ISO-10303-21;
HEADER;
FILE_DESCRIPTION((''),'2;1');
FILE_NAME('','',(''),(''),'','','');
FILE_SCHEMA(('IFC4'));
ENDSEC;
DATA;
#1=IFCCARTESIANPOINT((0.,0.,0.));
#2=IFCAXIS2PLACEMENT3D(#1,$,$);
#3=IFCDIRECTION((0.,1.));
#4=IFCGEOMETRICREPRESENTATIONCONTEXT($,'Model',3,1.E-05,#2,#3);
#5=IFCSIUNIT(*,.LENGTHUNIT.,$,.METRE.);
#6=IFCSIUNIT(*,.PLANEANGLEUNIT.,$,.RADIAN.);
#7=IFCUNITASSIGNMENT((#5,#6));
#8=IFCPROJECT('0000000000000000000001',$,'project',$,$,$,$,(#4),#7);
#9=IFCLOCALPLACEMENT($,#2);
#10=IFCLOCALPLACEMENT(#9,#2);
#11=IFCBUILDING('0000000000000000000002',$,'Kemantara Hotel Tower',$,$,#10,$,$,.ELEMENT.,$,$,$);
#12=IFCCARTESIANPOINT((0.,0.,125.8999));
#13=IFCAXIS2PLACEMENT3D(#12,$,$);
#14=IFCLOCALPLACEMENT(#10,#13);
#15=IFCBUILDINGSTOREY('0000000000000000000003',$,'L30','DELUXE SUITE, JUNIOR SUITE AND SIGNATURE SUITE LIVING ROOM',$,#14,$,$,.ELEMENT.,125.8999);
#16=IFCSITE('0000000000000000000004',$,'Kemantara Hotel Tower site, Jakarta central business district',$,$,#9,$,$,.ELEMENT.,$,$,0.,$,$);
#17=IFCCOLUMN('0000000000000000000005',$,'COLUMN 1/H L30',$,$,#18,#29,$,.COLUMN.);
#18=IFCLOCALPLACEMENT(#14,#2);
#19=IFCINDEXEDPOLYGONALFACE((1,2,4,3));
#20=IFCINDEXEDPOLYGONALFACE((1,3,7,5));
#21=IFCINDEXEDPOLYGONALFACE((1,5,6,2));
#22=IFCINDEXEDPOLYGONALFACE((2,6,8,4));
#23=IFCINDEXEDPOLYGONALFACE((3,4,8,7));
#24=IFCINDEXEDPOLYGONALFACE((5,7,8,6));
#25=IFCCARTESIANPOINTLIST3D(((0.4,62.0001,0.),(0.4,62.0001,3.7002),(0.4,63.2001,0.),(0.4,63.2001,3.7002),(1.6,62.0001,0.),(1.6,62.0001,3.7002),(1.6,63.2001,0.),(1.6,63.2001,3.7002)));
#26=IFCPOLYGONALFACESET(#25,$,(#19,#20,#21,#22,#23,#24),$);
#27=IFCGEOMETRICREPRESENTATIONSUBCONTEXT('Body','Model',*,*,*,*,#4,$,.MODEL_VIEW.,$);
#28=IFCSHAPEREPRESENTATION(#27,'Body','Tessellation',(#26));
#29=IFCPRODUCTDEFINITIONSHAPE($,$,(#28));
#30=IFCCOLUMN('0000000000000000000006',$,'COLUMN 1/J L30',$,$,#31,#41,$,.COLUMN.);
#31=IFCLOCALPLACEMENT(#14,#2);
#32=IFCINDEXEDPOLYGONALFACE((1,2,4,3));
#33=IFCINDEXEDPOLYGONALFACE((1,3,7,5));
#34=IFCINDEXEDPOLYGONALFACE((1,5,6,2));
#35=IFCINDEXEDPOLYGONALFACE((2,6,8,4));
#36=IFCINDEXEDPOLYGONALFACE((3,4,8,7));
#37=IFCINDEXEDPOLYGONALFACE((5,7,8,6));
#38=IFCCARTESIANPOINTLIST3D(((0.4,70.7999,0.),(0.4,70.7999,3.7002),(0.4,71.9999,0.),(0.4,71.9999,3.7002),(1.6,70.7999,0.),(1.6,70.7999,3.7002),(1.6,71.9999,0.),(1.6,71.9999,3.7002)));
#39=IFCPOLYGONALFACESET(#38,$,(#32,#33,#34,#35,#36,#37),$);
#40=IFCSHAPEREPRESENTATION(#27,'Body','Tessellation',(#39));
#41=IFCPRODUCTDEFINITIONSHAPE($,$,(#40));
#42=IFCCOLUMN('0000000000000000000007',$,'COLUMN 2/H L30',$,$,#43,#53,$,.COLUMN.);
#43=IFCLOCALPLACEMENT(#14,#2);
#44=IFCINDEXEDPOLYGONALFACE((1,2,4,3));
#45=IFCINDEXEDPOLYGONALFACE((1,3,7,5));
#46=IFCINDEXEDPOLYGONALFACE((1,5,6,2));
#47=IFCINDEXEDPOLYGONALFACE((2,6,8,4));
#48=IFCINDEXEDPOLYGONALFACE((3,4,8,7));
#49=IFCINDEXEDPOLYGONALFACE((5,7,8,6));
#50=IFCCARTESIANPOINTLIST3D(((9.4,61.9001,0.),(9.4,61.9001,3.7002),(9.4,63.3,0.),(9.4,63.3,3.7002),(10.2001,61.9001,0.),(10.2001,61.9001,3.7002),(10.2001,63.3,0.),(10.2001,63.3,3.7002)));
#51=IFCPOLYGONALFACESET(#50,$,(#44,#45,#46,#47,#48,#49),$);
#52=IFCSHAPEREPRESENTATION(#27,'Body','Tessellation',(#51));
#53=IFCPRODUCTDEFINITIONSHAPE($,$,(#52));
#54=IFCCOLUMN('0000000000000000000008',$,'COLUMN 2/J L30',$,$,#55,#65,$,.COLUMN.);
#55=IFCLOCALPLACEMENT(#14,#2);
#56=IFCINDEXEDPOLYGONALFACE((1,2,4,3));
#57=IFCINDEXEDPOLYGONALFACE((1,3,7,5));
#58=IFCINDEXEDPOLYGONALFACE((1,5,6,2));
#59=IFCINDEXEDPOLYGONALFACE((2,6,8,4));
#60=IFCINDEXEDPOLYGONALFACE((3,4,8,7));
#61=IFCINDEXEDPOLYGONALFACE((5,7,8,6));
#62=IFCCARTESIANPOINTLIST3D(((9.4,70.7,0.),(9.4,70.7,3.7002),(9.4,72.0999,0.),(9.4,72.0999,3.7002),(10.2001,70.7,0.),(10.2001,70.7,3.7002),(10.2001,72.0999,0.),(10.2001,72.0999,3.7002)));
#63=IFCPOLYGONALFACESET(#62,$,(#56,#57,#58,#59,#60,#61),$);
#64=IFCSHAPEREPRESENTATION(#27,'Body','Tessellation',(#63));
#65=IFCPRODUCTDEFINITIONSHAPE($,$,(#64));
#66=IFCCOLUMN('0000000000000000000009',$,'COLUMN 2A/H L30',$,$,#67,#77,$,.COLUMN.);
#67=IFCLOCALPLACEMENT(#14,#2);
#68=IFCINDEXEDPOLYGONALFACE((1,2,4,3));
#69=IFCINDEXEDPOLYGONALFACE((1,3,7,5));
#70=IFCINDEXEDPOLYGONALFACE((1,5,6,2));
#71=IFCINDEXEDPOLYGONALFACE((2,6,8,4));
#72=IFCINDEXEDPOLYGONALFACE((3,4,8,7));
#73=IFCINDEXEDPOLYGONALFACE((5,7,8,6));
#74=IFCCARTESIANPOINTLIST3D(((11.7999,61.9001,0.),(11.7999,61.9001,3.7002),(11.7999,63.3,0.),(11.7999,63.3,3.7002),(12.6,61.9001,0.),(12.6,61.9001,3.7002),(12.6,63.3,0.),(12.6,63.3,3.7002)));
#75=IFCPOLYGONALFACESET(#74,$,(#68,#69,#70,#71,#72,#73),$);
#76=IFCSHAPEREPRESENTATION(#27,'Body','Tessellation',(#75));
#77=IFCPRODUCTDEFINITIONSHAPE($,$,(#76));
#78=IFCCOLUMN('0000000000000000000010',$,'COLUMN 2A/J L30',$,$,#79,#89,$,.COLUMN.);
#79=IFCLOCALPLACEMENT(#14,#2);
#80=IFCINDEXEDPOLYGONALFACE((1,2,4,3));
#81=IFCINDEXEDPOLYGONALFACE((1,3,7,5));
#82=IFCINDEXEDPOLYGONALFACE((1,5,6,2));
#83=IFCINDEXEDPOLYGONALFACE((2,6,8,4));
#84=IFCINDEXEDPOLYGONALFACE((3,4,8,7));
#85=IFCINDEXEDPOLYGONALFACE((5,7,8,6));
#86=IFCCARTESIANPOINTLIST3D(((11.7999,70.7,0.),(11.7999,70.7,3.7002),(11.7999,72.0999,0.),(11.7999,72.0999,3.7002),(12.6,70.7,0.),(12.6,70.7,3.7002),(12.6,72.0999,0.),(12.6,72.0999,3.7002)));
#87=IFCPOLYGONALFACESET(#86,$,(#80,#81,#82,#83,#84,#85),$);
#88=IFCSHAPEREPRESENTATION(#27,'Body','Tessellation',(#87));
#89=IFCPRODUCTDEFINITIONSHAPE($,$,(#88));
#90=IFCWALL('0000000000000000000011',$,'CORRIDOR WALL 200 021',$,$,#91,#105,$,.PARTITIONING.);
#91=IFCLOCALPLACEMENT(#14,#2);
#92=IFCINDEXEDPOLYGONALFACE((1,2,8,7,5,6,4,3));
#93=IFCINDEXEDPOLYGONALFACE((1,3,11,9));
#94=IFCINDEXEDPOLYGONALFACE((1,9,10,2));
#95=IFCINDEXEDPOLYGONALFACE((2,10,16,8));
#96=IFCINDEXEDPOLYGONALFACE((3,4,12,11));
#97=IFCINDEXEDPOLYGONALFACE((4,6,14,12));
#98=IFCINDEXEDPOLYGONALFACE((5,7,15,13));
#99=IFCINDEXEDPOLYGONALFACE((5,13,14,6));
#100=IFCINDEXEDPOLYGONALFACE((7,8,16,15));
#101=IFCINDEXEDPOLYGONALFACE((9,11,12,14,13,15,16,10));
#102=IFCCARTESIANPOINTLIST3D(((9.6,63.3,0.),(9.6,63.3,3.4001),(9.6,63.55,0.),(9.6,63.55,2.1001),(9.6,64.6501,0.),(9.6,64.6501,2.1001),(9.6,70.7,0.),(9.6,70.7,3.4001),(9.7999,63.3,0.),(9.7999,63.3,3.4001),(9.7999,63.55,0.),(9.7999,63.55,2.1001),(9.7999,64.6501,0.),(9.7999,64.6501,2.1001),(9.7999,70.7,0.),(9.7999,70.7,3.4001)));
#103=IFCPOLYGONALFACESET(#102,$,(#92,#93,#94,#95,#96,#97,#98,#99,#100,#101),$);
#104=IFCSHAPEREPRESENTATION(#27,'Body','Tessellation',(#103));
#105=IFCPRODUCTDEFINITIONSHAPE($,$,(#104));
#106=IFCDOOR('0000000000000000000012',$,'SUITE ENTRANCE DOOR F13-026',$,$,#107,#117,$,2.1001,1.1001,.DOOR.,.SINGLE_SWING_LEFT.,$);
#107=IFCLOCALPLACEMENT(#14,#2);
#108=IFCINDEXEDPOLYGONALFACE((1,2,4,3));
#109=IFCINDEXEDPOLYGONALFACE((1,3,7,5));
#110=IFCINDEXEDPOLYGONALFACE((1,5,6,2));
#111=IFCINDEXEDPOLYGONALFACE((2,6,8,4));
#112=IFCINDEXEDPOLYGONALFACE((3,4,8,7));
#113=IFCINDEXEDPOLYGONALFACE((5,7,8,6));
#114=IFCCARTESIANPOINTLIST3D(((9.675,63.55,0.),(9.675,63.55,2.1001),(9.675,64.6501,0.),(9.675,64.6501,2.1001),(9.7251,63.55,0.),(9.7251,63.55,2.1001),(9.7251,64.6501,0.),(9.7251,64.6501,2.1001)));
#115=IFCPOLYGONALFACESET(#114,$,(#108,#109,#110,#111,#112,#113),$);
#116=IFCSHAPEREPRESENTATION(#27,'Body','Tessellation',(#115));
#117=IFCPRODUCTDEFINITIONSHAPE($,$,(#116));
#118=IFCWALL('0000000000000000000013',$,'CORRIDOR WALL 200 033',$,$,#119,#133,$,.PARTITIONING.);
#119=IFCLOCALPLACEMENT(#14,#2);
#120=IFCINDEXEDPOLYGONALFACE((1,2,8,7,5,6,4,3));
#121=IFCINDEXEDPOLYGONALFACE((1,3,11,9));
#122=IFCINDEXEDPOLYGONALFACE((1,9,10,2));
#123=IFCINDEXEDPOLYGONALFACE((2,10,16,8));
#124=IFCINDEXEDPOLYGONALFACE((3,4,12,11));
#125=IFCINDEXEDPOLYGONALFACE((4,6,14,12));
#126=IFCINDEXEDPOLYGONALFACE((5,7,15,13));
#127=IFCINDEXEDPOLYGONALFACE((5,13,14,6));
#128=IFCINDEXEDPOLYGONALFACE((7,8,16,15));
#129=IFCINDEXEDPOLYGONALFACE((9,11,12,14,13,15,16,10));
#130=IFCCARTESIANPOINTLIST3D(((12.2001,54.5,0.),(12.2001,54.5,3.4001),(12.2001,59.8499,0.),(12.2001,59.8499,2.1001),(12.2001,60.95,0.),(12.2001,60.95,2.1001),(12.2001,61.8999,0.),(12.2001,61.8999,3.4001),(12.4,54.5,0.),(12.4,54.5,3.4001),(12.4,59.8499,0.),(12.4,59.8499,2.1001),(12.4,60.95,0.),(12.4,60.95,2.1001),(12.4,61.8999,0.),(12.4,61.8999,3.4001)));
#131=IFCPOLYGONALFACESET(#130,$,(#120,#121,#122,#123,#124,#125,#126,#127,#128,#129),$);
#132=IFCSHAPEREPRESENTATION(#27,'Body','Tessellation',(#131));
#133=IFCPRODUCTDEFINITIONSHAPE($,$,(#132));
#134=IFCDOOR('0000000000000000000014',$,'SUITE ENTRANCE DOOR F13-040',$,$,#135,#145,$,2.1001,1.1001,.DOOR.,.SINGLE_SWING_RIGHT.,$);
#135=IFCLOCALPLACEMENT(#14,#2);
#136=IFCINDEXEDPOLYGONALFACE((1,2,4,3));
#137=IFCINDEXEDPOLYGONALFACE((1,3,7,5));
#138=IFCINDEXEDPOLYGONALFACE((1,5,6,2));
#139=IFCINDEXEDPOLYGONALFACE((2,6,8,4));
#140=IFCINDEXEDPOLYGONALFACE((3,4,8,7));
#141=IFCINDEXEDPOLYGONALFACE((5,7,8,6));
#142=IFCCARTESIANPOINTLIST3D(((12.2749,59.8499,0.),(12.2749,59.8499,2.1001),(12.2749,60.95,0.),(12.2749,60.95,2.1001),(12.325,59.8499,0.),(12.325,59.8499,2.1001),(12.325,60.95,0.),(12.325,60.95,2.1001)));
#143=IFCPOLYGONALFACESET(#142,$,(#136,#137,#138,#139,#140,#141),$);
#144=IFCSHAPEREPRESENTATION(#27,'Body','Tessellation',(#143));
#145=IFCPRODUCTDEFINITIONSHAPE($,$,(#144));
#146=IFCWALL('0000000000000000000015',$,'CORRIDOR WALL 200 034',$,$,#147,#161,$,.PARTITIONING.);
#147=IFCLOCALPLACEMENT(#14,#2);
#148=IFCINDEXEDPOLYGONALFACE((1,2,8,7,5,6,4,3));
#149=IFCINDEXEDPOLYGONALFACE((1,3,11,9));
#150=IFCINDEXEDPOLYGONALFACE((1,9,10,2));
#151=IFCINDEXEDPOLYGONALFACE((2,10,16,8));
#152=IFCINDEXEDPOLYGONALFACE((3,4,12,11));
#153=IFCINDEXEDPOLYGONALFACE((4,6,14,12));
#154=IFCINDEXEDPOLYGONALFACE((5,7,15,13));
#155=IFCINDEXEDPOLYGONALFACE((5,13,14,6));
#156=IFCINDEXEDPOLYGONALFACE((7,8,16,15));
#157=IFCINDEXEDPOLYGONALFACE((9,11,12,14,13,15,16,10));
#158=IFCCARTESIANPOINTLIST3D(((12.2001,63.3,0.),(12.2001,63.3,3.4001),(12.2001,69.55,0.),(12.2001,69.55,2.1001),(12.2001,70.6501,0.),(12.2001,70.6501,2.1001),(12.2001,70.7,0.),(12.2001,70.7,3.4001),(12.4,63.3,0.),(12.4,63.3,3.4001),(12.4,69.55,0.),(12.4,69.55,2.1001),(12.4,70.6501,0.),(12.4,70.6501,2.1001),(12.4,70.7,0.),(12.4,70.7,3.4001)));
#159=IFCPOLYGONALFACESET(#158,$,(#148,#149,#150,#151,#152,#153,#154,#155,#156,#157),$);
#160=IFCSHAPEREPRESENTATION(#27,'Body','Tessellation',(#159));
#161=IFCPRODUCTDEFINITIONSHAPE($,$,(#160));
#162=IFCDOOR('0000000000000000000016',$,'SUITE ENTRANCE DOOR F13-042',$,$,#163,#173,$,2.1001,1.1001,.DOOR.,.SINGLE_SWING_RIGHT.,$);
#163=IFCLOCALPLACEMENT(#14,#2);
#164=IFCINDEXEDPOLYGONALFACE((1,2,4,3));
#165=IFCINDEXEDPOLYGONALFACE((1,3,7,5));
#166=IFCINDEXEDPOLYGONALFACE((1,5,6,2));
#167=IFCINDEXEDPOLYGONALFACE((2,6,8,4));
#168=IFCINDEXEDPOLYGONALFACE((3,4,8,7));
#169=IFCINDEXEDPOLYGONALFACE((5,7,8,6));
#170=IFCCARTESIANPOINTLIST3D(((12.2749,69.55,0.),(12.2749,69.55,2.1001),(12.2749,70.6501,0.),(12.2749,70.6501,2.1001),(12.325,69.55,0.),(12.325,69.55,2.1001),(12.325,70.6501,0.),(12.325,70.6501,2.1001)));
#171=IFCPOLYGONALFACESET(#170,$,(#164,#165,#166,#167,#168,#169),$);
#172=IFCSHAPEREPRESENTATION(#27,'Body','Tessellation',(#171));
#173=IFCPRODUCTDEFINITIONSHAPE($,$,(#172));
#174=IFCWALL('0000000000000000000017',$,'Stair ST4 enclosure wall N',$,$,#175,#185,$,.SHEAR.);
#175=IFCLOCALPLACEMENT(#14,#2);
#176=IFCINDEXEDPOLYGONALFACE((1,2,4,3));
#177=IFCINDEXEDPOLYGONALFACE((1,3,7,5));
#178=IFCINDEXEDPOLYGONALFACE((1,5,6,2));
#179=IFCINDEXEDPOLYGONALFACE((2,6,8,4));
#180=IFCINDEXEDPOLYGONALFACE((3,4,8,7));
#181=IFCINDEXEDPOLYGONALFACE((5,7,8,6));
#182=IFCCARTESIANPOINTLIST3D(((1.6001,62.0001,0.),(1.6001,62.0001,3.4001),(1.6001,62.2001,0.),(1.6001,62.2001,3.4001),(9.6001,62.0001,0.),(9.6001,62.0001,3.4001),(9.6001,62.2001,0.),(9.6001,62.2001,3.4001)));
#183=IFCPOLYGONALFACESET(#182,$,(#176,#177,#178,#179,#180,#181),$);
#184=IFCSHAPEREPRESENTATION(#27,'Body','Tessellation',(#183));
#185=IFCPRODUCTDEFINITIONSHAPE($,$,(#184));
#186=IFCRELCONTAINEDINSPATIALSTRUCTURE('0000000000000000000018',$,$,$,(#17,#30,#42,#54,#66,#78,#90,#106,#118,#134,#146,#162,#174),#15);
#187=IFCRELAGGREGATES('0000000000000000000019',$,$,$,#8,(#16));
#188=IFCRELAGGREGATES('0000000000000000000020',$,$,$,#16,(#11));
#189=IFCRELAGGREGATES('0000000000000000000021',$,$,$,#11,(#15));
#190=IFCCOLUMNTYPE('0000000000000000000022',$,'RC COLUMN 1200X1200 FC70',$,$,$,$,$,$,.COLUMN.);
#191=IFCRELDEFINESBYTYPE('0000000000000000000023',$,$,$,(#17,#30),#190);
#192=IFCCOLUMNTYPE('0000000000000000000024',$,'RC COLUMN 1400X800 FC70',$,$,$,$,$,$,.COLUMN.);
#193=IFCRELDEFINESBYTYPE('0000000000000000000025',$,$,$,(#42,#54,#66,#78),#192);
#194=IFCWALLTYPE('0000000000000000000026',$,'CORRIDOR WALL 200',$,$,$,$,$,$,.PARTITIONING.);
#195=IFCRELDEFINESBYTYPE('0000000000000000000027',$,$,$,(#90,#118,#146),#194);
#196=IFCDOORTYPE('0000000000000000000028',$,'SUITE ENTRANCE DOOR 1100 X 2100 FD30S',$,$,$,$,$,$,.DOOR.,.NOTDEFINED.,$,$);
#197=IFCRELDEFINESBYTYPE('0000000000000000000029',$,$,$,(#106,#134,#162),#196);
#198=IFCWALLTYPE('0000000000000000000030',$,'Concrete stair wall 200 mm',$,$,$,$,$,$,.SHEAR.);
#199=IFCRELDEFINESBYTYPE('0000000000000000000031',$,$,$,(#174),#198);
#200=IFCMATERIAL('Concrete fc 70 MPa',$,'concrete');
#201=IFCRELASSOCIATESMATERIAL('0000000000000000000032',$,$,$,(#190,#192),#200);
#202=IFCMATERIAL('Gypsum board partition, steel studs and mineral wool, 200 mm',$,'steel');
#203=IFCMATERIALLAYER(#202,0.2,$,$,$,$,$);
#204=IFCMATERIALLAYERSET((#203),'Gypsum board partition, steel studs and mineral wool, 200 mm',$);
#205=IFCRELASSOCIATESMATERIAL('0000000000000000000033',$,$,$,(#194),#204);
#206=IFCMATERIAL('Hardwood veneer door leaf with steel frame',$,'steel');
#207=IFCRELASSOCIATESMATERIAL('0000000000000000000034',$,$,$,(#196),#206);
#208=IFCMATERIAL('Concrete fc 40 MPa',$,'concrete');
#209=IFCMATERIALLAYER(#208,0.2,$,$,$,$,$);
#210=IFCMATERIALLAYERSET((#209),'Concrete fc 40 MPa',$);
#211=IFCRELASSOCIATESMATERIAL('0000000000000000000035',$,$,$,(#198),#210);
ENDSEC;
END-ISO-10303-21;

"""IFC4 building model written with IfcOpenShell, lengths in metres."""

from ifc_helpers import new_model, si_unit, direction, frame, frame_2d, origin, origin_2d, place, context, subcontext, project, spatial, rectangle, extrude, material, layer, layer_set, material_profile, profile_set, type_object, element, fill, save


model = new_model("IFC4")

# Units and contexts
model_context = context("Model", 3, precision=1e-05, world=origin(), true_north=direction((0.0, 1.0)))
body_context = subcontext(model_context, "Body", "Model", "MODEL_VIEW")
ifc_project = project(units=[si_unit("LENGTHUNIT", "METRE"), si_unit("PLANEANGLEUNIT", "RADIAN")], contexts=[model_context])

# Site, building, storey
site_placement = place(None, origin())
site = spatial("IfcSite", under=ifc_project, at=site_placement, Name="Kemantara Hotel Tower site, Jakarta central business district", CompositionType="ELEMENT", RefElevation=0.0)
building_placement = place(site_placement, origin())
building = spatial("IfcBuilding", under=site, at=building_placement, Name="Kemantara Hotel Tower", CompositionType="ELEMENT")
storey_placement = place(building_placement, frame((0.0, 0.0, 125.8999)))
storey = spatial("IfcBuildingStorey", under=building, at=storey_placement, Name="L30", Description="DELUXE SUITE, JUNIOR SUITE AND SIGNATURE SUITE LIVING ROOM", CompositionType="ELEMENT", Elevation=125.8999)

# Columns
ifc_material_1 = material(Name="Concrete fc 70 MPa", Category="concrete")
ifc_material_profile_1 = material_profile(ifc_material_1, rectangle(XDim=1.2, YDim=1.2, at=origin_2d()), Name="RC 1200X1200")
ifc_profile_set_1 = profile_set([ifc_material_profile_1], Name="Concrete fc 70 MPa")
column_type_1 = type_object("IfcColumnType", Name="RC COLUMN 1200X1200 FC70", PredefinedType="COLUMN", material=ifc_profile_set_1)
for number, where, z_axis, x_axis, name in (
    (1, (1.0, 62.6001, 0.0), (0.0, 0.0, 1.0), (1.0, 0.0, 0.0), "COLUMN 1/H L30"),
    (2, (1.0, 71.3999, 0.0), (0.0, 0.0, 1.0), (1.0, 0.0, 0.0), "COLUMN 1/J L30"),
):
    element("IfcColumn", number, at=place(storey_placement, frame(where, z_axis=z_axis, x_axis=x_axis)), inside=storey, type_object=column_type_1, Name=name, PredefinedType="COLUMN", context=body_context, shape_type="SweptSolid", body=[
        extrude(rectangle(XDim=1.2, YDim=1.2, at=origin_2d()), origin(), (0.0, 0.0, 1.0), 3.7002),
    ])
ifc_material_profile_2 = material_profile(ifc_material_1, rectangle(XDim=1.3999, YDim=0.8, at=origin_2d()), Name="RC 1400X800")
ifc_profile_set_2 = profile_set([ifc_material_profile_2], Name="Concrete fc 70 MPa")
column_type_2 = type_object("IfcColumnType", Name="RC COLUMN 1400X800 FC70", PredefinedType="COLUMN", material=ifc_profile_set_2)
for number, where, z_axis, x_axis, name in (
    (3, (9.8, 62.6001, 0.0), (0.0, 0.0, 1.0), (0.0, 1.0, 0.0), "COLUMN 2/H L30"),
    (4, (9.8, 71.3999, 0.0), (0.0, 0.0, 1.0), (0.0, 1.0, 0.0), "COLUMN 2/J L30"),
    (5, (12.2, 62.6001, 0.0), (0.0, 0.0, 1.0), (0.0, 1.0, 0.0), "COLUMN 2A/H L30"),
    (6, (12.2, 71.3999, 0.0), (0.0, 0.0, 1.0), (0.0, 1.0, 0.0), "COLUMN 2A/J L30"),
):
    element("IfcColumn", number, at=place(storey_placement, frame(where, z_axis=z_axis, x_axis=x_axis)), inside=storey, type_object=column_type_2, Name=name, PredefinedType="COLUMN", context=body_context, shape_type="SweptSolid", body=[
        extrude(rectangle(XDim=1.3999, YDim=0.8, at=origin_2d()), origin(), (0.0, 0.0, 1.0), 3.7002),
    ])

# Walls, openings, doors
ifc_material_2 = material(Name="Gypsum board partition, steel studs and mineral wool, 200 mm", Category="steel")
ifc_layer_1 = layer(ifc_material_2, 0.2)
ifc_layer_set_1 = layer_set([ifc_layer_1], Name="Gypsum board partition, steel studs and mineral wool, 200 mm")
wall_type_1 = type_object("IfcWallType", Name="CORRIDOR WALL 200", PredefinedType="PARTITIONING", material=ifc_layer_set_1)
wall_1_placement = place(storey_placement, frame((9.7, 63.3, 0.0), z_axis=(0.0, 0.0, 1.0), x_axis=(0.0, 1.0, 0.0)))
wall_1 = element("IfcWall", 7, at=wall_1_placement, inside=storey, type_object=wall_type_1, Name="CORRIDOR WALL 200 021", PredefinedType="PARTITIONING", context=body_context, shape_type="SweptSolid", body=[
    extrude(rectangle(XDim=7.3999, YDim=0.2, at=frame_2d((3.7, 0.0))), origin(), (0.0, 0.0, 1.0), 3.4001),
])
opening_1_placement = place(wall_1_placement, frame((0.25, 0.0, 0.0)))
opening_1 = element("IfcOpeningElement", 8, at=opening_1_placement, cuts=wall_1, PredefinedType="OPENING", context=body_context, shape_type="SweptSolid", body=[
    extrude(rectangle(XDim=1.1001, YDim=2.1001, at=frame_2d((0.55, 1.05))), frame((0.0, 0.1099, 0.0), z_axis=(0.0, -1.0, 0.0), x_axis=(1.0, 0.0, 0.0)), (0.0, 0.0, 1.0), 0.22),
])
ifc_material_3 = material(Name="Hardwood veneer door leaf with steel frame", Category="steel")
door_type_1 = type_object("IfcDoorType", Name="SUITE ENTRANCE DOOR 1100 X 2100 FD30S", OperationType="NOTDEFINED", PredefinedType="DOOR", material=ifc_material_3)
door_1_placement = place(opening_1_placement, origin())
door_1 = element("IfcDoor", 9, at=door_1_placement, inside=storey, type_object=door_type_1, Name="SUITE ENTRANCE DOOR F13-026", OperationType="SINGLE_SWING_LEFT", OverallHeight=2.1001, OverallWidth=1.1001, PredefinedType="DOOR", context=body_context, shape_type="SweptSolid", body=[
    extrude(rectangle(XDim=1.1001, YDim=2.1001, at=frame_2d((0.55, 1.05))), frame((0.0, 0.0249, 0.0), z_axis=(0.0, -1.0, 0.0), x_axis=(1.0, 0.0, 0.0)), (0.0, 0.0, 1.0), 0.05),
])
fill(opening_1, door_1)
wall_2_placement = place(storey_placement, frame((12.3, 61.8999, 0.0), z_axis=(0.0, 0.0, 1.0), x_axis=(0.0, -1.0, 0.0)))
wall_2 = element("IfcWall", 10, at=wall_2_placement, inside=storey, type_object=wall_type_1, Name="CORRIDOR WALL 200 033", PredefinedType="PARTITIONING", context=body_context, shape_type="SweptSolid", body=[
    extrude(rectangle(XDim=7.3999, YDim=0.2, at=frame_2d((3.7, 0.0))), origin(), (0.0, 0.0, 1.0), 3.4001),
])
opening_2_placement = place(wall_2_placement, frame((0.95, 0.0, 0.0)))
opening_2 = element("IfcOpeningElement", 11, at=opening_2_placement, cuts=wall_2, PredefinedType="OPENING", context=body_context, shape_type="SweptSolid", body=[
    extrude(rectangle(XDim=1.1001, YDim=2.1001, at=frame_2d((0.55, 1.05))), frame((0.0, 0.1099, 0.0), z_axis=(0.0, -1.0, 0.0), x_axis=(1.0, 0.0, 0.0)), (0.0, 0.0, 1.0), 0.22),
])
door_2_placement = place(opening_2_placement, origin())
door_2 = element("IfcDoor", 12, at=door_2_placement, inside=storey, type_object=door_type_1, Name="SUITE ENTRANCE DOOR F13-040", OperationType="SINGLE_SWING_RIGHT", OverallHeight=2.1001, OverallWidth=1.1001, PredefinedType="DOOR", context=body_context, shape_type="SweptSolid", body=[
    extrude(rectangle(XDim=1.1001, YDim=2.1001, at=frame_2d((0.55, 1.05))), frame((0.0, 0.0249, 0.0), z_axis=(0.0, -1.0, 0.0), x_axis=(1.0, 0.0, 0.0)), (0.0, 0.0, 1.0), 0.05),
])
fill(opening_2, door_2)
wall_3_placement = place(storey_placement, frame((12.3, 70.7, 0.0), z_axis=(0.0, 0.0, 1.0), x_axis=(0.0, -1.0, 0.0)))
wall_3 = element("IfcWall", 13, at=wall_3_placement, inside=storey, type_object=wall_type_1, Name="CORRIDOR WALL 200 034", PredefinedType="PARTITIONING", context=body_context, shape_type="SweptSolid", body=[
    extrude(rectangle(XDim=7.3999, YDim=0.2, at=frame_2d((3.7, 0.0))), origin(), (0.0, 0.0, 1.0), 3.4001),
])
opening_3_placement = place(wall_3_placement, frame((0.0498, 0.0, 0.0)))
opening_3 = element("IfcOpeningElement", 14, at=opening_3_placement, cuts=wall_3, PredefinedType="OPENING", context=body_context, shape_type="SweptSolid", body=[
    extrude(rectangle(XDim=1.1001, YDim=2.1001, at=frame_2d((0.55, 1.05))), frame((0.0, 0.1099, 0.0), z_axis=(0.0, -1.0, 0.0), x_axis=(1.0, 0.0, 0.0)), (0.0, 0.0, 1.0), 0.22),
])
door_3_placement = place(opening_3_placement, origin())
door_3 = element("IfcDoor", 15, at=door_3_placement, inside=storey, type_object=door_type_1, Name="SUITE ENTRANCE DOOR F13-042", OperationType="SINGLE_SWING_RIGHT", OverallHeight=2.1001, OverallWidth=1.1001, PredefinedType="DOOR", context=body_context, shape_type="SweptSolid", body=[
    extrude(rectangle(XDim=1.1001, YDim=2.1001, at=frame_2d((0.55, 1.05))), frame((0.0, 0.0249, 0.0), z_axis=(0.0, -1.0, 0.0), x_axis=(1.0, 0.0, 0.0)), (0.0, 0.0, 1.0), 0.05),
])
fill(opening_3, door_3)

# Wall
ifc_material_4 = material(Name="Concrete fc 40 MPa", Category="concrete")
ifc_layer_2 = layer(ifc_material_4, 0.2)
ifc_layer_set_2 = layer_set([ifc_layer_2], Name="Concrete fc 40 MPa")
wall_type_2 = type_object("IfcWallType", Name="Concrete stair wall 200 mm", PredefinedType="SHEAR", material=ifc_layer_set_2)
wall_4_placement = place(storey_placement, frame((1.6001, 62.1001, 0.0), z_axis=(0.0, 0.0, 1.0), x_axis=(1.0, 0.0, 0.0)))
element("IfcWall", 16, at=wall_4_placement, inside=storey, type_object=wall_type_2, Name="Stair ST4 enclosure wall N", PredefinedType="SHEAR", context=body_context, shape_type="SweptSolid", body=[
    extrude(rectangle(XDim=8.0, YDim=0.2, at=frame_2d((4.0, 0.0))), origin(), (0.0, 0.0, 1.0), 3.4001),
])

save(model, "model.ifc")
